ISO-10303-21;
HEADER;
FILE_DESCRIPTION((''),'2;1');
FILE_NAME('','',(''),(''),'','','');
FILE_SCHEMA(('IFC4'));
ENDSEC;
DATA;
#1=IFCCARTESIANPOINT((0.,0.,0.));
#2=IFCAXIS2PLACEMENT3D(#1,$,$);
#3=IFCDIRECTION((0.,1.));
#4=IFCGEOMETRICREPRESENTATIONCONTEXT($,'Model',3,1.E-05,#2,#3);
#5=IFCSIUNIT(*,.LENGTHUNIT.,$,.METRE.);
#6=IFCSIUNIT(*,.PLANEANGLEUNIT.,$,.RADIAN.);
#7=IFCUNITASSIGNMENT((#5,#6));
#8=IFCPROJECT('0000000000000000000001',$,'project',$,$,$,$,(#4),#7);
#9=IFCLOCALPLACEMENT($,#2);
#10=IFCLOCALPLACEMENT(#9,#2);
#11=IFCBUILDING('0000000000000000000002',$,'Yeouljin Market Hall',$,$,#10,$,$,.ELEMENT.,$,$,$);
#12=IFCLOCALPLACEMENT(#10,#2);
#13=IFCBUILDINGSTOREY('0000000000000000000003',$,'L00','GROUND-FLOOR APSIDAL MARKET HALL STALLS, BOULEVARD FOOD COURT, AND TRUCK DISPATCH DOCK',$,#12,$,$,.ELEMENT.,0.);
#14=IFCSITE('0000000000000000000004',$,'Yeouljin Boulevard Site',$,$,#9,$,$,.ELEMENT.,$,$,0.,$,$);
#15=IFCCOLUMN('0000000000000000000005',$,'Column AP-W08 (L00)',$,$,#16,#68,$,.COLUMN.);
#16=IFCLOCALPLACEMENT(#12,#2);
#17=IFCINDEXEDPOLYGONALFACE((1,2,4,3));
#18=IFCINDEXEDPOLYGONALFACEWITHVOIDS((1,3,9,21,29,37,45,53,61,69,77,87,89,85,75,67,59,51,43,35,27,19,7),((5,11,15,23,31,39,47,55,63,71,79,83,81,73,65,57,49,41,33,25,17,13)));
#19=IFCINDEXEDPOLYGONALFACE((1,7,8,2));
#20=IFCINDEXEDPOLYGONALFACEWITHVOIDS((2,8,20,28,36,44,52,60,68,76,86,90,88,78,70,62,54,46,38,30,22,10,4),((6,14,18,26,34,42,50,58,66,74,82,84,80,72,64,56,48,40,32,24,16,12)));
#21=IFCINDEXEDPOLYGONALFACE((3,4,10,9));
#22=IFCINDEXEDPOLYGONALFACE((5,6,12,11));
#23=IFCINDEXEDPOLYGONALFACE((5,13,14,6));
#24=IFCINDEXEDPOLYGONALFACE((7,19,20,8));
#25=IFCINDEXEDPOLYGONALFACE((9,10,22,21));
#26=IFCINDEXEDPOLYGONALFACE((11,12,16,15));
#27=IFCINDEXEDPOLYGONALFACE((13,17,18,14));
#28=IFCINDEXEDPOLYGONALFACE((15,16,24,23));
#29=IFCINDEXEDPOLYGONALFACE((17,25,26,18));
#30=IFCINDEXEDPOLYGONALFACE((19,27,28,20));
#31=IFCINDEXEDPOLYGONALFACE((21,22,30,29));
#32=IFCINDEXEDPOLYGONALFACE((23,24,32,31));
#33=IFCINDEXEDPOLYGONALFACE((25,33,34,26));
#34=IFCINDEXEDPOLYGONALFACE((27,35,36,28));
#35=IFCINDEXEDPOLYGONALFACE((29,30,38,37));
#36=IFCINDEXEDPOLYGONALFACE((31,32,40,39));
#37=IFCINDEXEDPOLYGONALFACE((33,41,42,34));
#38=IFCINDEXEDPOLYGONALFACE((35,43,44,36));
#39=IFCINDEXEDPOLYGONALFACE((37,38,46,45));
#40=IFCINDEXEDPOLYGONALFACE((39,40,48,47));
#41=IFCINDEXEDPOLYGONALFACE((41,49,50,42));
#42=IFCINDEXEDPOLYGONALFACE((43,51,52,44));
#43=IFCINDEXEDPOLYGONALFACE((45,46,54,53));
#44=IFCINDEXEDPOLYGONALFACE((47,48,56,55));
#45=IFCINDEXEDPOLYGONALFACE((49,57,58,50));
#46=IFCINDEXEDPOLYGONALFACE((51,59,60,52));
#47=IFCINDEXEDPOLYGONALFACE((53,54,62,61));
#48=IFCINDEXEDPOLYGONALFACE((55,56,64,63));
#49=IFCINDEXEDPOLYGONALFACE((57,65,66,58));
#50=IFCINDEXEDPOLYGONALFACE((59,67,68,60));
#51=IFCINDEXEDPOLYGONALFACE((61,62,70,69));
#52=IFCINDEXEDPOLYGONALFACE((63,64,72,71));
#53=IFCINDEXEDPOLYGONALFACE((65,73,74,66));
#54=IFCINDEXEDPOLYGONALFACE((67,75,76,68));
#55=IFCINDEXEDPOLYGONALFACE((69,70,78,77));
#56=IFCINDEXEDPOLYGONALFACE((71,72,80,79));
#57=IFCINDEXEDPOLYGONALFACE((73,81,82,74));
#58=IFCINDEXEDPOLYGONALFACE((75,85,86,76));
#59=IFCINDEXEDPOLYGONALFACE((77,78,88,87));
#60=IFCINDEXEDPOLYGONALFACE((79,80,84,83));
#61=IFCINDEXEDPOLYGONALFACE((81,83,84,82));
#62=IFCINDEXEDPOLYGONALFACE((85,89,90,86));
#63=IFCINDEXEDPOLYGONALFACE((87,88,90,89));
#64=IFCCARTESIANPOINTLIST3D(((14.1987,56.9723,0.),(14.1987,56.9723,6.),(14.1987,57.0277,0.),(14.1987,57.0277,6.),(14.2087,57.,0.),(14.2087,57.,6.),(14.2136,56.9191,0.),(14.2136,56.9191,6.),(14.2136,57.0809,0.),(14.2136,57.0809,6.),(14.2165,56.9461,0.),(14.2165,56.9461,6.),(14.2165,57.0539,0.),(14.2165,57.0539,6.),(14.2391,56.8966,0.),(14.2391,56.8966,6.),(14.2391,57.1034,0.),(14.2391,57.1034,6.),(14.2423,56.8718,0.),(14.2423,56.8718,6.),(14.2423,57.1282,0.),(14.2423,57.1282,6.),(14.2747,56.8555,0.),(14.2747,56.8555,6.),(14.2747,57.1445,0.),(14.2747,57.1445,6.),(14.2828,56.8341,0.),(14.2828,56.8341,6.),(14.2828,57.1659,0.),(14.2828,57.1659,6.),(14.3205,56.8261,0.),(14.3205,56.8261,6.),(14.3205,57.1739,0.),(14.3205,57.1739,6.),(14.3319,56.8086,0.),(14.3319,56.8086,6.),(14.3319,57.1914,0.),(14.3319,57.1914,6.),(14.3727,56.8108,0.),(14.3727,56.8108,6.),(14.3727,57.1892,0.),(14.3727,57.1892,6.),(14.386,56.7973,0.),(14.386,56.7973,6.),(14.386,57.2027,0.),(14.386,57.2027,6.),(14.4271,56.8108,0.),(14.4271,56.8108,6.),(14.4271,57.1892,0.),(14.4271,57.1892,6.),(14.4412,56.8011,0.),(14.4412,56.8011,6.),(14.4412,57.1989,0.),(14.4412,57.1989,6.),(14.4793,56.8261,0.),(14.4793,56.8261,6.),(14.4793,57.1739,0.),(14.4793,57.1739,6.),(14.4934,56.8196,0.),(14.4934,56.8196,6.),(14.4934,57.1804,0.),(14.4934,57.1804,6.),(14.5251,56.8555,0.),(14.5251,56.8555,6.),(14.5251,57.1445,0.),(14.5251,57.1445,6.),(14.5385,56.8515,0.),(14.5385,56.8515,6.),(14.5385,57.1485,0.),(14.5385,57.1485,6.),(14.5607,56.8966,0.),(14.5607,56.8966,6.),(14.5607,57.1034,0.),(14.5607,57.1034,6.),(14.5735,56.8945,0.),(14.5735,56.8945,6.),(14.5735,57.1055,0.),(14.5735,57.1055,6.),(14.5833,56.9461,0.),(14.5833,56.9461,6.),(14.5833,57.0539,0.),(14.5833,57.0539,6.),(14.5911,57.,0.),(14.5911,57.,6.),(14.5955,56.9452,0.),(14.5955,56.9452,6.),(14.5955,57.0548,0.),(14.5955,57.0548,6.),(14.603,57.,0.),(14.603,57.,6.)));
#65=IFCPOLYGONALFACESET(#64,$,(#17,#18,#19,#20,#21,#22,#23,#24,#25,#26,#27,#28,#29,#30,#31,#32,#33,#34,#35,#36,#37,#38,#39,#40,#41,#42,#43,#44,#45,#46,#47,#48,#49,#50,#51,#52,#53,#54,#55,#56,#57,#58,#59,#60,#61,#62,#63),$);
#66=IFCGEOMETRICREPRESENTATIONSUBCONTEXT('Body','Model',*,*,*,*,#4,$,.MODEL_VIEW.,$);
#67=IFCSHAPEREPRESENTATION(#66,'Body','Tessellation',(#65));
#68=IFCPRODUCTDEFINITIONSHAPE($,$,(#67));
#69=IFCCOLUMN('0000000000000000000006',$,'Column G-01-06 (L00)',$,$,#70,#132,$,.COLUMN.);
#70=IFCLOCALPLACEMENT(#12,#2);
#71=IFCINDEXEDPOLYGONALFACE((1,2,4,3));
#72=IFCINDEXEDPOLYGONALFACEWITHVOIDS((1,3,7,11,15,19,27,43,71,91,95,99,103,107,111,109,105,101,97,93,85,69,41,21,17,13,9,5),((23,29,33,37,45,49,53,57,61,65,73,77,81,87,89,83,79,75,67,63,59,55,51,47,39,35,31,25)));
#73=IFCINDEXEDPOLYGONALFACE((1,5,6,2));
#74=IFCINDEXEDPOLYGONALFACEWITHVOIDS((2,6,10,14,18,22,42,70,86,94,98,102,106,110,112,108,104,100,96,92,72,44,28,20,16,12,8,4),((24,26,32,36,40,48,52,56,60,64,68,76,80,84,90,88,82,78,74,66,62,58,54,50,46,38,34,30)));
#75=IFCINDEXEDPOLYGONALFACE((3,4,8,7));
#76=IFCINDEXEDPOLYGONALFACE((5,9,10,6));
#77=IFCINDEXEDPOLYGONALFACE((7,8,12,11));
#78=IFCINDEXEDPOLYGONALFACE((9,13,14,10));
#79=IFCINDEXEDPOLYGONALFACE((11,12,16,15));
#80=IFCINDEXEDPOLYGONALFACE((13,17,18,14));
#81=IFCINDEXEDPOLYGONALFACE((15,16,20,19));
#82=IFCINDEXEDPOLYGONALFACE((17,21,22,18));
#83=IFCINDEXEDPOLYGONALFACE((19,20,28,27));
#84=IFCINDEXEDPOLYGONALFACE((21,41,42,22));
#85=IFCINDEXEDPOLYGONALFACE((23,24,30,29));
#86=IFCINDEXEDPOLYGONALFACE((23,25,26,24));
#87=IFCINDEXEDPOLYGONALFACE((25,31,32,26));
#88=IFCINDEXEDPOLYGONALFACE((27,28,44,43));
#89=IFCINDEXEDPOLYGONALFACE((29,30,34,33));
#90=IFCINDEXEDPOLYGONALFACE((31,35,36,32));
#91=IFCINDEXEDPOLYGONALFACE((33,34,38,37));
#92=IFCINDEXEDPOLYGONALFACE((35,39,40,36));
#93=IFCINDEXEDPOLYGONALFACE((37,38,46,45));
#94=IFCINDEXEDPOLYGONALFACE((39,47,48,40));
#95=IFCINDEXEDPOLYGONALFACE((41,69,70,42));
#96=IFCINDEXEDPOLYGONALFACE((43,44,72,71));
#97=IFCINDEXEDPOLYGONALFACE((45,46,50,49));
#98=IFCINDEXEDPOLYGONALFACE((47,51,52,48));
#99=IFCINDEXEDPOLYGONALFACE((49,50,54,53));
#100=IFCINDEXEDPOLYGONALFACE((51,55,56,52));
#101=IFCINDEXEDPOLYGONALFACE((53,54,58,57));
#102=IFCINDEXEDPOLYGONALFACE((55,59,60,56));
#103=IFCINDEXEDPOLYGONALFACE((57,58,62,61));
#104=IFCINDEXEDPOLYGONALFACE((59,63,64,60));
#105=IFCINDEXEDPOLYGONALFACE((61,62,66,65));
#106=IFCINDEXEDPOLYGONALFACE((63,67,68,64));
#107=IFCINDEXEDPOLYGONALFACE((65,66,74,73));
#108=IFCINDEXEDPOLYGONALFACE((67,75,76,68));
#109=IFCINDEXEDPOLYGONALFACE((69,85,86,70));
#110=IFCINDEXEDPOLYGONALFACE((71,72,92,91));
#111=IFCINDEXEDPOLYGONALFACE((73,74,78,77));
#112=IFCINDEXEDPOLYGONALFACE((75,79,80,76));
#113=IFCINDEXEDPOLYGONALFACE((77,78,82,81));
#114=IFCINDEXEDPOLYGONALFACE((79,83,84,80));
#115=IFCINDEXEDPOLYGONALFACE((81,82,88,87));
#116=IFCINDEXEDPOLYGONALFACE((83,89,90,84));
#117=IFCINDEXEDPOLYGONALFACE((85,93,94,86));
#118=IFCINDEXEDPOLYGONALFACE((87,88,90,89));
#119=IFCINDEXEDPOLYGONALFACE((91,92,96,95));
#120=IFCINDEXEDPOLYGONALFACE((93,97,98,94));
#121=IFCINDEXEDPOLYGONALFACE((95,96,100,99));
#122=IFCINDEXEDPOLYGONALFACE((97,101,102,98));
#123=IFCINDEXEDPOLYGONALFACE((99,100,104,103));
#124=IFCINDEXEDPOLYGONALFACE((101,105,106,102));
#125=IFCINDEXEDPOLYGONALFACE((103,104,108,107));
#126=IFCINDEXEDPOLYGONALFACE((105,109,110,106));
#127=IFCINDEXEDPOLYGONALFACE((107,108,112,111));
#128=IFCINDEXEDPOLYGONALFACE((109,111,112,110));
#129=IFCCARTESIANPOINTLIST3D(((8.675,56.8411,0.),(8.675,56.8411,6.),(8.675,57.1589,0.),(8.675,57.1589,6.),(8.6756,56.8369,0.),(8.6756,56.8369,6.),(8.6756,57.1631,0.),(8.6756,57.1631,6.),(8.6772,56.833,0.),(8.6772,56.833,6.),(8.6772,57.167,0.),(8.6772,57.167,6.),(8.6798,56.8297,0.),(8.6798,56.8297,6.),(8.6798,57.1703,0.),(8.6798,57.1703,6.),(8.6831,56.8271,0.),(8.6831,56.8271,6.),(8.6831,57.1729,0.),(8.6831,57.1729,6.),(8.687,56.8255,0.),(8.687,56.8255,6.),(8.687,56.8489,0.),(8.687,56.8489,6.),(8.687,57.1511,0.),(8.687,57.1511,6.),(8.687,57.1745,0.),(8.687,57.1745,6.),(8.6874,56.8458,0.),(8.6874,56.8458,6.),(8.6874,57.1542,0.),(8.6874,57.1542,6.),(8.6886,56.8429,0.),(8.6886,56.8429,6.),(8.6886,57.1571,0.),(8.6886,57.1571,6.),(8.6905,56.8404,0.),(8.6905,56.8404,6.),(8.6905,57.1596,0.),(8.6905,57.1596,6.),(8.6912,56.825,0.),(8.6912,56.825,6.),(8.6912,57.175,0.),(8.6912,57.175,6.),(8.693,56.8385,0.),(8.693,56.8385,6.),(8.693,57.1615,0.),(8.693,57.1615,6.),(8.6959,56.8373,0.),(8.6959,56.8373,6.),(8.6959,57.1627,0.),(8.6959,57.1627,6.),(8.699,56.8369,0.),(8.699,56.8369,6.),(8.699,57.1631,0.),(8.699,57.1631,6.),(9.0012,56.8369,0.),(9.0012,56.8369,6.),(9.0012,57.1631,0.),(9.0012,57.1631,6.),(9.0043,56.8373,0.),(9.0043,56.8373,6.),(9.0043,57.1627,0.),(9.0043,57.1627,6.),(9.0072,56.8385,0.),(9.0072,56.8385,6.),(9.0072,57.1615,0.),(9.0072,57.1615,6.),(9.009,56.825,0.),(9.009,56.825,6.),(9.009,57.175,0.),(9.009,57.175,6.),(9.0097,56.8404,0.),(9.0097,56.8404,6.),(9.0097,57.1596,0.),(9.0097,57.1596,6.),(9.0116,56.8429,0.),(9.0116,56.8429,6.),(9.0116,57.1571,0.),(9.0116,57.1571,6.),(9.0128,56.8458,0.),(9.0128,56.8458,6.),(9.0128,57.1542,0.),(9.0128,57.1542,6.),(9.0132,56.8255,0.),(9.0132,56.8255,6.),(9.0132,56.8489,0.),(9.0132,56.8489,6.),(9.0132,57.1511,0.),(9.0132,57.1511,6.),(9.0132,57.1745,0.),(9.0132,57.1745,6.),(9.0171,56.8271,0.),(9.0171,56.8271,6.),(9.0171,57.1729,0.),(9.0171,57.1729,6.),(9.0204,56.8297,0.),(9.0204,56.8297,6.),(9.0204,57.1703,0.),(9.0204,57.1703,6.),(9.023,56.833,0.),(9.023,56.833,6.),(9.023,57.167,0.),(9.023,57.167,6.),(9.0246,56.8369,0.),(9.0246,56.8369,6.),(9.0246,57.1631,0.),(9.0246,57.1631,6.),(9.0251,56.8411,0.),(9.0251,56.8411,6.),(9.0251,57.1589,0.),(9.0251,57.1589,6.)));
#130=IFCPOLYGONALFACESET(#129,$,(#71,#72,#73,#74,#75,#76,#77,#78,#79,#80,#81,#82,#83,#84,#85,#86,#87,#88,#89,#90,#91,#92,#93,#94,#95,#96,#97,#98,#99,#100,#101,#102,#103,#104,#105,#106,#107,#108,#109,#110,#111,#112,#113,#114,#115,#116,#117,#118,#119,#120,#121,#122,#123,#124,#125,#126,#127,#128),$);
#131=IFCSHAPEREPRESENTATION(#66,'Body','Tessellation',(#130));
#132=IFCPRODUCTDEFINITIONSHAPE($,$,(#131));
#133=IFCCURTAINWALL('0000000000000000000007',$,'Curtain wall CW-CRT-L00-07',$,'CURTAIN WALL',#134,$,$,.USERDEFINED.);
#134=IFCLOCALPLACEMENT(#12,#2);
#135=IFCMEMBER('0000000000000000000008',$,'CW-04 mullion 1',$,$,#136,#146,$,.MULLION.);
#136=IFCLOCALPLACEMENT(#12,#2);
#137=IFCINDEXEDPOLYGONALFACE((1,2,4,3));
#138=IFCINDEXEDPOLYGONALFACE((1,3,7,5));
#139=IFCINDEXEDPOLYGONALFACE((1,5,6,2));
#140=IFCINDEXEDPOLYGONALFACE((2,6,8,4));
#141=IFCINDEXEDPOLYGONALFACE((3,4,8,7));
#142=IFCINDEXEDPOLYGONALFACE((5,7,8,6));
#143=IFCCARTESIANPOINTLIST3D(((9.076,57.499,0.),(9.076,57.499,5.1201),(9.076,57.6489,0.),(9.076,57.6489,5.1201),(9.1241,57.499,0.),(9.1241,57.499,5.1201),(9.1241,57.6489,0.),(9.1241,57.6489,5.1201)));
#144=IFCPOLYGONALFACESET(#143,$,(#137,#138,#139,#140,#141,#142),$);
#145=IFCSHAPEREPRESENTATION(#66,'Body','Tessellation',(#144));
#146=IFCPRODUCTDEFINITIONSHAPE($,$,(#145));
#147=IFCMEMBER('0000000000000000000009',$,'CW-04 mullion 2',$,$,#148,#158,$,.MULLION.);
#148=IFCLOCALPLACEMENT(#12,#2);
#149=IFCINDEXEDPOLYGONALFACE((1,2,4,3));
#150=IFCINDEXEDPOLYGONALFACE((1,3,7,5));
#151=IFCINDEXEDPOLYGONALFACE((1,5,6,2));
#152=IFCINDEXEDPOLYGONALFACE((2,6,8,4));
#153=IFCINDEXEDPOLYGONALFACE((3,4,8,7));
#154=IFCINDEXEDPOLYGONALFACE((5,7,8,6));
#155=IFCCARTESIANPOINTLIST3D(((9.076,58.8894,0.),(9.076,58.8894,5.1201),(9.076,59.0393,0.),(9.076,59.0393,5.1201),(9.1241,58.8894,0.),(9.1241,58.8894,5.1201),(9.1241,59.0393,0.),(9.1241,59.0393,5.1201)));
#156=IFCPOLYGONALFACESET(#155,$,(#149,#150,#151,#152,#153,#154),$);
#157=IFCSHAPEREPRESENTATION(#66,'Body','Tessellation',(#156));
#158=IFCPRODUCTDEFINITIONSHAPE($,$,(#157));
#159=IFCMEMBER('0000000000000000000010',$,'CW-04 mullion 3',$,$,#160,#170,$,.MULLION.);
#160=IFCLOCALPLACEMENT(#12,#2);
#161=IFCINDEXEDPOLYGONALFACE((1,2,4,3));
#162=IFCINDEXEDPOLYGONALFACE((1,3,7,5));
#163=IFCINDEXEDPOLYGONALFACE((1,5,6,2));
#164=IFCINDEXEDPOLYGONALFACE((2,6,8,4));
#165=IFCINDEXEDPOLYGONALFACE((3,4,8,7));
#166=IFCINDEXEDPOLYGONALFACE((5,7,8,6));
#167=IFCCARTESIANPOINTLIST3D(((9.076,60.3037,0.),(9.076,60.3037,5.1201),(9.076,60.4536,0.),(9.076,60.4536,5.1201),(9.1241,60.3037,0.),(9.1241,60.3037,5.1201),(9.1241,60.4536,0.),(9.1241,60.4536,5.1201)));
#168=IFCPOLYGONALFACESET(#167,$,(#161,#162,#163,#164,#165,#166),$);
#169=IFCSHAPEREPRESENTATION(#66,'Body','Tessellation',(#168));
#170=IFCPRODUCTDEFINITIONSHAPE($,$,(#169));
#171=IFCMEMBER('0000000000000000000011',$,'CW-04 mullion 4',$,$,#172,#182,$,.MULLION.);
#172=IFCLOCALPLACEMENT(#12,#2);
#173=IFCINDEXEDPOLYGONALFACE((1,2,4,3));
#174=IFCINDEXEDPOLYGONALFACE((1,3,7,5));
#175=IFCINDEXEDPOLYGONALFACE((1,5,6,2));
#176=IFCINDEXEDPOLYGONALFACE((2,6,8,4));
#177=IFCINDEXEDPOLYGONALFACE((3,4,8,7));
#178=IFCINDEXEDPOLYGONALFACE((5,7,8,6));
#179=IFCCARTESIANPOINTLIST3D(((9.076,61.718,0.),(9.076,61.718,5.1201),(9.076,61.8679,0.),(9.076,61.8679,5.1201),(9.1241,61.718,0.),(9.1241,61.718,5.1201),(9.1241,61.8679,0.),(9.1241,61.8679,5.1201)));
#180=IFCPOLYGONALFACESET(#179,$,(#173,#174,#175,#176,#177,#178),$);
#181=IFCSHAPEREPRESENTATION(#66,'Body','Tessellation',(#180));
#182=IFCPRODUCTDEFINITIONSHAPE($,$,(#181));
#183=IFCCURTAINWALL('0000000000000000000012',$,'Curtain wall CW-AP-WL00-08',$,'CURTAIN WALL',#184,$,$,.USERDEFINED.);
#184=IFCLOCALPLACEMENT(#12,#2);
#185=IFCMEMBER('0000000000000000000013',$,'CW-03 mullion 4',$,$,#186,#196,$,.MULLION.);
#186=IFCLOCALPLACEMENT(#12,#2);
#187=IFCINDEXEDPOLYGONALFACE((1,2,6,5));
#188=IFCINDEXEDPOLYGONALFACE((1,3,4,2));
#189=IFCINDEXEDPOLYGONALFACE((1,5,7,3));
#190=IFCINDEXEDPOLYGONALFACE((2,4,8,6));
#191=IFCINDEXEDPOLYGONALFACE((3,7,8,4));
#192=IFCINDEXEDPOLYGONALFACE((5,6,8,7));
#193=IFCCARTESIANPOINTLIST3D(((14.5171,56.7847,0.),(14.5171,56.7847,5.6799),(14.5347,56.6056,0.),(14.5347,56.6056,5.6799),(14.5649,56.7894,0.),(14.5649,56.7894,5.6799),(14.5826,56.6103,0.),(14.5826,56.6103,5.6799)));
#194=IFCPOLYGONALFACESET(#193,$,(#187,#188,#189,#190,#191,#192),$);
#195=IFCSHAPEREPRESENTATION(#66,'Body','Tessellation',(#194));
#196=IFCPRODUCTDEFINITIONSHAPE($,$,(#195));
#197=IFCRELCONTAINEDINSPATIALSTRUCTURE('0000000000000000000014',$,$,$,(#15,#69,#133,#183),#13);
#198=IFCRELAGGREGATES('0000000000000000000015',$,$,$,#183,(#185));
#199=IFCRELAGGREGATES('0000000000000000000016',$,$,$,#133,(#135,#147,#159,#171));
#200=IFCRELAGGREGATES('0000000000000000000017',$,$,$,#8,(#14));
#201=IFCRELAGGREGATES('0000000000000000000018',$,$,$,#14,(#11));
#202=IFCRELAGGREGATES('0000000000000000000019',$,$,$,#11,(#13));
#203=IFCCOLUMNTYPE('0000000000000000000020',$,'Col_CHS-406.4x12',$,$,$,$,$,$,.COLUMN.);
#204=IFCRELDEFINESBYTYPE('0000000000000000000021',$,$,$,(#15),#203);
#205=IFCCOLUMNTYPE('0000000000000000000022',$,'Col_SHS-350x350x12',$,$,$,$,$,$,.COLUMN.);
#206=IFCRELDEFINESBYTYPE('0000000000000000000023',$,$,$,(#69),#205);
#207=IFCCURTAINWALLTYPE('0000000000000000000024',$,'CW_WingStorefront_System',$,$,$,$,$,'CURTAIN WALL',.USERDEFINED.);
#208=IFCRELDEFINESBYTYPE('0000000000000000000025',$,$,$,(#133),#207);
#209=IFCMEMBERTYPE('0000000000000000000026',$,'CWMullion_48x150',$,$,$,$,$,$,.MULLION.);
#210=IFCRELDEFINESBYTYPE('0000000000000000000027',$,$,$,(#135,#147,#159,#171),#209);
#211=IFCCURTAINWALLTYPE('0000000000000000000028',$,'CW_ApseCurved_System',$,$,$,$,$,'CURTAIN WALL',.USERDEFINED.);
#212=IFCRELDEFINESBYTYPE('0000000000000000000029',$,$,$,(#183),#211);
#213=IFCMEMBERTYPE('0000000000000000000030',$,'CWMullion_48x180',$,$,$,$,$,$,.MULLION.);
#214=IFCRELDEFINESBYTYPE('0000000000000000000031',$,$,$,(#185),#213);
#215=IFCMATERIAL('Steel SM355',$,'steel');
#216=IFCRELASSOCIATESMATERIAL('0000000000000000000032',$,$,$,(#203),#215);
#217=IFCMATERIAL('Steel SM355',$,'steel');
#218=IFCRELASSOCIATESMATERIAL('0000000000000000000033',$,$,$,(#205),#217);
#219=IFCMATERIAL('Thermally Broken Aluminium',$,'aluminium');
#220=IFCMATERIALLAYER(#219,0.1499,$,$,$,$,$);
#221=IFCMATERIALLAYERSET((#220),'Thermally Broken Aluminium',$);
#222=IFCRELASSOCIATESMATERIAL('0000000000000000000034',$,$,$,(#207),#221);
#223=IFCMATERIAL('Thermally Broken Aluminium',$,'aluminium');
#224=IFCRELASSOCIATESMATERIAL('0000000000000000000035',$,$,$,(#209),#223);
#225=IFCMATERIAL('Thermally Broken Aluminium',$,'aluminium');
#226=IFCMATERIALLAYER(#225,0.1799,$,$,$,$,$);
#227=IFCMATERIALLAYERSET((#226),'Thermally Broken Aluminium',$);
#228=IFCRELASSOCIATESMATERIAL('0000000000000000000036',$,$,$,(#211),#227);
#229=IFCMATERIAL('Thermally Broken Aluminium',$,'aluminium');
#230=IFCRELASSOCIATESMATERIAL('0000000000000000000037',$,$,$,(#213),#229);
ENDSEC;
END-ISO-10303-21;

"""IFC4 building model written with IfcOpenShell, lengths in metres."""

from ifc_helpers import new_model, si_unit, direction, frame, origin, origin_2d, place, context, subcontext, project, spatial, rectangle, hollow_rectangle, hollow_circle, extrude, material, layer, layer_set, material_profile, profile_set, type_object, element, aggregate, save


model = new_model("IFC4")

# Units and contexts
model_context = context("Model", 3, precision=1e-05, world=origin(), true_north=direction((0.0, 1.0)))
body_context = subcontext(model_context, "Body", "Model", "MODEL_VIEW")
ifc_project = project(units=[si_unit("LENGTHUNIT", "METRE"), si_unit("PLANEANGLEUNIT", "RADIAN")], contexts=[model_context])

# Site, building, storey
site_placement = place(None, origin())
site = spatial("IfcSite", under=ifc_project, at=site_placement, Name="Yeouljin Boulevard Site", CompositionType="ELEMENT", RefElevation=0.0)
building_placement = place(site_placement, origin())
building = spatial("IfcBuilding", under=site, at=building_placement, Name="Yeouljin Market Hall", CompositionType="ELEMENT")
storey_placement = place(building_placement, origin())
storey = spatial("IfcBuildingStorey", under=building, at=storey_placement, Name="L00", Description="GROUND-FLOOR APSIDAL MARKET HALL STALLS, BOULEVARD FOOD COURT, AND TRUCK DISPATCH DOCK", CompositionType="ELEMENT", Elevation=0.0)

# Columns
ifc_material_1 = material(Name="Steel SM355", Category="steel")
ifc_material_profile_1 = material_profile(ifc_material_1, hollow_circle(Radius=0.2031, WallThickness=0.012, at=origin_2d()), Name="CHS-406.4x12")
ifc_profile_set_1 = profile_set([ifc_material_profile_1], Name="Steel SM355")
column_type_1 = type_object("IfcColumnType", Name="Col_CHS-406.4x12", PredefinedType="COLUMN", material=ifc_profile_set_1)
column_1_placement = place(storey_placement, frame((14.3999, 57.0, 0.0), z_axis=(0.0, 0.0, 1.0), x_axis=(1.0, 0.0, 0.0)))
element("IfcColumn", 1, at=column_1_placement, inside=storey, type_object=column_type_1, Name="Column AP-W08 (L00)", PredefinedType="COLUMN", context=body_context, shape_type="SweptSolid", body=[
    extrude(hollow_circle(Radius=0.2031, WallThickness=0.012, at=origin_2d()), origin(), (0.0, 0.0, 1.0), 6.0),
])
ifc_material_2 = material(Name="Steel SM355", Category="steel")
ifc_material_profile_2 = material_profile(ifc_material_2, hollow_rectangle(XDim=0.3501, YDim=0.3501, WallThickness=0.012, InnerFilletRadius=0.012, OuterFilletRadius=0.0161, at=origin_2d()), Name="SHS-350x350x12")
ifc_profile_set_2 = profile_set([ifc_material_profile_2], Name="Steel SM355")
column_type_2 = type_object("IfcColumnType", Name="Col_SHS-350x350x12", PredefinedType="COLUMN", material=ifc_profile_set_2)
column_2_placement = place(storey_placement, frame((8.8501, 57.0, 0.0), z_axis=(0.0, 0.0, 1.0), x_axis=(1.0, 0.0, 0.0)))
element("IfcColumn", 2, at=column_2_placement, inside=storey, type_object=column_type_2, Name="Column G-01-06 (L00)", PredefinedType="COLUMN", context=body_context, shape_type="SweptSolid", body=[
    extrude(hollow_rectangle(XDim=0.3501, YDim=0.3501, WallThickness=0.012, InnerFilletRadius=0.012, OuterFilletRadius=0.0161, at=origin_2d()), origin(), (0.0, 0.0, 1.0), 6.0),
])

# Curtain wall, members
ifc_material_3 = material(Name="Thermally Broken Aluminium", Category="aluminium")
ifc_layer_1 = layer(ifc_material_3, 0.1499)
ifc_layer_set_1 = layer_set([ifc_layer_1], Name="Thermally Broken Aluminium")
curtain_wall_type_1 = type_object("IfcCurtainWallType", Name="CW_WingStorefront_System", ElementType="CURTAIN WALL", PredefinedType="USERDEFINED", material=ifc_layer_set_1)
curtain_wall_1_placement = place(storey_placement, origin())
curtain_wall_1 = element("IfcCurtainWall", 3, at=curtain_wall_1_placement, inside=storey, type_object=curtain_wall_type_1, Name="Curtain wall CW-CRT-L00-07", ObjectType="CURTAIN WALL", PredefinedType="USERDEFINED")
ifc_material_4 = material(Name="Thermally Broken Aluminium", Category="aluminium")
ifc_material_profile_3 = material_profile(ifc_material_4, rectangle(XDim=0.0481, YDim=0.1499, at=origin_2d()), Name="CW-MULL-48x150")
ifc_profile_set_3 = profile_set([ifc_material_profile_3], Name="Thermally Broken Aluminium")
member_type_1 = type_object("IfcMemberType", Name="CWMullion_48x150", PredefinedType="MULLION", material=ifc_profile_set_3)
member_1_placement = place(storey_placement, frame((9.1001, 57.574, 0.0), z_axis=(0.0, 0.0, 1.0), x_axis=(-1.0, 0.0, 0.0)))
member_1 = element("IfcMember", 4, at=member_1_placement, type_object=member_type_1, Name="CW-04 mullion 1", PredefinedType="MULLION", context=body_context, shape_type="SweptSolid", body=[
    extrude(rectangle(XDim=0.0481, YDim=0.1499, at=origin_2d()), origin(), (0.0, 0.0, 1.0), 5.1201),
])
member_2_placement = place(storey_placement, frame((9.1001, 58.9644, 0.0), z_axis=(0.0, 0.0, 1.0), x_axis=(-1.0, 0.0, 0.0)))
member_2 = element("IfcMember", 5, at=member_2_placement, type_object=member_type_1, Name="CW-04 mullion 2", PredefinedType="MULLION", context=body_context, shape_type="SweptSolid", body=[
    extrude(rectangle(XDim=0.0481, YDim=0.1499, at=origin_2d()), origin(), (0.0, 0.0, 1.0), 5.1201),
])
member_3_placement = place(storey_placement, frame((9.1001, 60.3787, 0.0), z_axis=(0.0, 0.0, 1.0), x_axis=(-1.0, 0.0, 0.0)))
member_3 = element("IfcMember", 6, at=member_3_placement, type_object=member_type_1, Name="CW-04 mullion 3", PredefinedType="MULLION", context=body_context, shape_type="SweptSolid", body=[
    extrude(rectangle(XDim=0.0481, YDim=0.1499, at=origin_2d()), origin(), (0.0, 0.0, 1.0), 5.1201),
])
member_4_placement = place(storey_placement, frame((9.1001, 61.793, 0.0), z_axis=(0.0, 0.0, 1.0), x_axis=(-1.0, 0.0, 0.0)))
member_4 = element("IfcMember", 7, at=member_4_placement, type_object=member_type_1, Name="CW-04 mullion 4", PredefinedType="MULLION", context=body_context, shape_type="SweptSolid", body=[
    extrude(rectangle(XDim=0.0481, YDim=0.1499, at=origin_2d()), origin(), (0.0, 0.0, 1.0), 5.1201),
])

# Curtain wall, member
ifc_material_5 = material(Name="Thermally Broken Aluminium", Category="aluminium")
ifc_layer_2 = layer(ifc_material_5, 0.1799)
ifc_layer_set_2 = layer_set([ifc_layer_2], Name="Thermally Broken Aluminium")
curtain_wall_type_2 = type_object("IfcCurtainWallType", Name="CW_ApseCurved_System", ElementType="CURTAIN WALL", PredefinedType="USERDEFINED", material=ifc_layer_set_2)
curtain_wall_2_placement = place(storey_placement, origin())
curtain_wall_2 = element("IfcCurtainWall", 8, at=curtain_wall_2_placement, inside=storey, type_object=curtain_wall_type_2, Name="Curtain wall CW-AP-WL00-08", ObjectType="CURTAIN WALL", PredefinedType="USERDEFINED")
ifc_material_6 = material(Name="Thermally Broken Aluminium", Category="aluminium")
ifc_material_profile_4 = material_profile(ifc_material_6, rectangle(XDim=0.0481, YDim=0.1799, at=origin_2d()), Name="CW-MULL-48x180")
ifc_profile_set_4 = profile_set([ifc_material_profile_4], Name="Thermally Broken Aluminium")
member_type_2 = type_object("IfcMemberType", Name="CWMullion_48x180", PredefinedType="MULLION", material=ifc_profile_set_4)
member_5_placement = place(storey_placement, frame((14.5498, 56.6975, 0.0), z_axis=(0.0, 0.0, 1.0), x_axis=(-0.995183, -0.098034, 0.0)))
member_5 = element("IfcMember", 9, at=member_5_placement, type_object=member_type_2, Name="CW-03 mullion 4", PredefinedType="MULLION", context=body_context, shape_type="SweptSolid", body=[
    extrude(rectangle(XDim=0.0481, YDim=0.1799, at=origin_2d()), origin(), (0.0, 0.0, 1.0), 5.6799),
])
aggregate(curtain_wall_2, [member_5])

aggregate(curtain_wall_1, [member_1, member_2, member_3, member_4])

save(model, "model.ifc")
